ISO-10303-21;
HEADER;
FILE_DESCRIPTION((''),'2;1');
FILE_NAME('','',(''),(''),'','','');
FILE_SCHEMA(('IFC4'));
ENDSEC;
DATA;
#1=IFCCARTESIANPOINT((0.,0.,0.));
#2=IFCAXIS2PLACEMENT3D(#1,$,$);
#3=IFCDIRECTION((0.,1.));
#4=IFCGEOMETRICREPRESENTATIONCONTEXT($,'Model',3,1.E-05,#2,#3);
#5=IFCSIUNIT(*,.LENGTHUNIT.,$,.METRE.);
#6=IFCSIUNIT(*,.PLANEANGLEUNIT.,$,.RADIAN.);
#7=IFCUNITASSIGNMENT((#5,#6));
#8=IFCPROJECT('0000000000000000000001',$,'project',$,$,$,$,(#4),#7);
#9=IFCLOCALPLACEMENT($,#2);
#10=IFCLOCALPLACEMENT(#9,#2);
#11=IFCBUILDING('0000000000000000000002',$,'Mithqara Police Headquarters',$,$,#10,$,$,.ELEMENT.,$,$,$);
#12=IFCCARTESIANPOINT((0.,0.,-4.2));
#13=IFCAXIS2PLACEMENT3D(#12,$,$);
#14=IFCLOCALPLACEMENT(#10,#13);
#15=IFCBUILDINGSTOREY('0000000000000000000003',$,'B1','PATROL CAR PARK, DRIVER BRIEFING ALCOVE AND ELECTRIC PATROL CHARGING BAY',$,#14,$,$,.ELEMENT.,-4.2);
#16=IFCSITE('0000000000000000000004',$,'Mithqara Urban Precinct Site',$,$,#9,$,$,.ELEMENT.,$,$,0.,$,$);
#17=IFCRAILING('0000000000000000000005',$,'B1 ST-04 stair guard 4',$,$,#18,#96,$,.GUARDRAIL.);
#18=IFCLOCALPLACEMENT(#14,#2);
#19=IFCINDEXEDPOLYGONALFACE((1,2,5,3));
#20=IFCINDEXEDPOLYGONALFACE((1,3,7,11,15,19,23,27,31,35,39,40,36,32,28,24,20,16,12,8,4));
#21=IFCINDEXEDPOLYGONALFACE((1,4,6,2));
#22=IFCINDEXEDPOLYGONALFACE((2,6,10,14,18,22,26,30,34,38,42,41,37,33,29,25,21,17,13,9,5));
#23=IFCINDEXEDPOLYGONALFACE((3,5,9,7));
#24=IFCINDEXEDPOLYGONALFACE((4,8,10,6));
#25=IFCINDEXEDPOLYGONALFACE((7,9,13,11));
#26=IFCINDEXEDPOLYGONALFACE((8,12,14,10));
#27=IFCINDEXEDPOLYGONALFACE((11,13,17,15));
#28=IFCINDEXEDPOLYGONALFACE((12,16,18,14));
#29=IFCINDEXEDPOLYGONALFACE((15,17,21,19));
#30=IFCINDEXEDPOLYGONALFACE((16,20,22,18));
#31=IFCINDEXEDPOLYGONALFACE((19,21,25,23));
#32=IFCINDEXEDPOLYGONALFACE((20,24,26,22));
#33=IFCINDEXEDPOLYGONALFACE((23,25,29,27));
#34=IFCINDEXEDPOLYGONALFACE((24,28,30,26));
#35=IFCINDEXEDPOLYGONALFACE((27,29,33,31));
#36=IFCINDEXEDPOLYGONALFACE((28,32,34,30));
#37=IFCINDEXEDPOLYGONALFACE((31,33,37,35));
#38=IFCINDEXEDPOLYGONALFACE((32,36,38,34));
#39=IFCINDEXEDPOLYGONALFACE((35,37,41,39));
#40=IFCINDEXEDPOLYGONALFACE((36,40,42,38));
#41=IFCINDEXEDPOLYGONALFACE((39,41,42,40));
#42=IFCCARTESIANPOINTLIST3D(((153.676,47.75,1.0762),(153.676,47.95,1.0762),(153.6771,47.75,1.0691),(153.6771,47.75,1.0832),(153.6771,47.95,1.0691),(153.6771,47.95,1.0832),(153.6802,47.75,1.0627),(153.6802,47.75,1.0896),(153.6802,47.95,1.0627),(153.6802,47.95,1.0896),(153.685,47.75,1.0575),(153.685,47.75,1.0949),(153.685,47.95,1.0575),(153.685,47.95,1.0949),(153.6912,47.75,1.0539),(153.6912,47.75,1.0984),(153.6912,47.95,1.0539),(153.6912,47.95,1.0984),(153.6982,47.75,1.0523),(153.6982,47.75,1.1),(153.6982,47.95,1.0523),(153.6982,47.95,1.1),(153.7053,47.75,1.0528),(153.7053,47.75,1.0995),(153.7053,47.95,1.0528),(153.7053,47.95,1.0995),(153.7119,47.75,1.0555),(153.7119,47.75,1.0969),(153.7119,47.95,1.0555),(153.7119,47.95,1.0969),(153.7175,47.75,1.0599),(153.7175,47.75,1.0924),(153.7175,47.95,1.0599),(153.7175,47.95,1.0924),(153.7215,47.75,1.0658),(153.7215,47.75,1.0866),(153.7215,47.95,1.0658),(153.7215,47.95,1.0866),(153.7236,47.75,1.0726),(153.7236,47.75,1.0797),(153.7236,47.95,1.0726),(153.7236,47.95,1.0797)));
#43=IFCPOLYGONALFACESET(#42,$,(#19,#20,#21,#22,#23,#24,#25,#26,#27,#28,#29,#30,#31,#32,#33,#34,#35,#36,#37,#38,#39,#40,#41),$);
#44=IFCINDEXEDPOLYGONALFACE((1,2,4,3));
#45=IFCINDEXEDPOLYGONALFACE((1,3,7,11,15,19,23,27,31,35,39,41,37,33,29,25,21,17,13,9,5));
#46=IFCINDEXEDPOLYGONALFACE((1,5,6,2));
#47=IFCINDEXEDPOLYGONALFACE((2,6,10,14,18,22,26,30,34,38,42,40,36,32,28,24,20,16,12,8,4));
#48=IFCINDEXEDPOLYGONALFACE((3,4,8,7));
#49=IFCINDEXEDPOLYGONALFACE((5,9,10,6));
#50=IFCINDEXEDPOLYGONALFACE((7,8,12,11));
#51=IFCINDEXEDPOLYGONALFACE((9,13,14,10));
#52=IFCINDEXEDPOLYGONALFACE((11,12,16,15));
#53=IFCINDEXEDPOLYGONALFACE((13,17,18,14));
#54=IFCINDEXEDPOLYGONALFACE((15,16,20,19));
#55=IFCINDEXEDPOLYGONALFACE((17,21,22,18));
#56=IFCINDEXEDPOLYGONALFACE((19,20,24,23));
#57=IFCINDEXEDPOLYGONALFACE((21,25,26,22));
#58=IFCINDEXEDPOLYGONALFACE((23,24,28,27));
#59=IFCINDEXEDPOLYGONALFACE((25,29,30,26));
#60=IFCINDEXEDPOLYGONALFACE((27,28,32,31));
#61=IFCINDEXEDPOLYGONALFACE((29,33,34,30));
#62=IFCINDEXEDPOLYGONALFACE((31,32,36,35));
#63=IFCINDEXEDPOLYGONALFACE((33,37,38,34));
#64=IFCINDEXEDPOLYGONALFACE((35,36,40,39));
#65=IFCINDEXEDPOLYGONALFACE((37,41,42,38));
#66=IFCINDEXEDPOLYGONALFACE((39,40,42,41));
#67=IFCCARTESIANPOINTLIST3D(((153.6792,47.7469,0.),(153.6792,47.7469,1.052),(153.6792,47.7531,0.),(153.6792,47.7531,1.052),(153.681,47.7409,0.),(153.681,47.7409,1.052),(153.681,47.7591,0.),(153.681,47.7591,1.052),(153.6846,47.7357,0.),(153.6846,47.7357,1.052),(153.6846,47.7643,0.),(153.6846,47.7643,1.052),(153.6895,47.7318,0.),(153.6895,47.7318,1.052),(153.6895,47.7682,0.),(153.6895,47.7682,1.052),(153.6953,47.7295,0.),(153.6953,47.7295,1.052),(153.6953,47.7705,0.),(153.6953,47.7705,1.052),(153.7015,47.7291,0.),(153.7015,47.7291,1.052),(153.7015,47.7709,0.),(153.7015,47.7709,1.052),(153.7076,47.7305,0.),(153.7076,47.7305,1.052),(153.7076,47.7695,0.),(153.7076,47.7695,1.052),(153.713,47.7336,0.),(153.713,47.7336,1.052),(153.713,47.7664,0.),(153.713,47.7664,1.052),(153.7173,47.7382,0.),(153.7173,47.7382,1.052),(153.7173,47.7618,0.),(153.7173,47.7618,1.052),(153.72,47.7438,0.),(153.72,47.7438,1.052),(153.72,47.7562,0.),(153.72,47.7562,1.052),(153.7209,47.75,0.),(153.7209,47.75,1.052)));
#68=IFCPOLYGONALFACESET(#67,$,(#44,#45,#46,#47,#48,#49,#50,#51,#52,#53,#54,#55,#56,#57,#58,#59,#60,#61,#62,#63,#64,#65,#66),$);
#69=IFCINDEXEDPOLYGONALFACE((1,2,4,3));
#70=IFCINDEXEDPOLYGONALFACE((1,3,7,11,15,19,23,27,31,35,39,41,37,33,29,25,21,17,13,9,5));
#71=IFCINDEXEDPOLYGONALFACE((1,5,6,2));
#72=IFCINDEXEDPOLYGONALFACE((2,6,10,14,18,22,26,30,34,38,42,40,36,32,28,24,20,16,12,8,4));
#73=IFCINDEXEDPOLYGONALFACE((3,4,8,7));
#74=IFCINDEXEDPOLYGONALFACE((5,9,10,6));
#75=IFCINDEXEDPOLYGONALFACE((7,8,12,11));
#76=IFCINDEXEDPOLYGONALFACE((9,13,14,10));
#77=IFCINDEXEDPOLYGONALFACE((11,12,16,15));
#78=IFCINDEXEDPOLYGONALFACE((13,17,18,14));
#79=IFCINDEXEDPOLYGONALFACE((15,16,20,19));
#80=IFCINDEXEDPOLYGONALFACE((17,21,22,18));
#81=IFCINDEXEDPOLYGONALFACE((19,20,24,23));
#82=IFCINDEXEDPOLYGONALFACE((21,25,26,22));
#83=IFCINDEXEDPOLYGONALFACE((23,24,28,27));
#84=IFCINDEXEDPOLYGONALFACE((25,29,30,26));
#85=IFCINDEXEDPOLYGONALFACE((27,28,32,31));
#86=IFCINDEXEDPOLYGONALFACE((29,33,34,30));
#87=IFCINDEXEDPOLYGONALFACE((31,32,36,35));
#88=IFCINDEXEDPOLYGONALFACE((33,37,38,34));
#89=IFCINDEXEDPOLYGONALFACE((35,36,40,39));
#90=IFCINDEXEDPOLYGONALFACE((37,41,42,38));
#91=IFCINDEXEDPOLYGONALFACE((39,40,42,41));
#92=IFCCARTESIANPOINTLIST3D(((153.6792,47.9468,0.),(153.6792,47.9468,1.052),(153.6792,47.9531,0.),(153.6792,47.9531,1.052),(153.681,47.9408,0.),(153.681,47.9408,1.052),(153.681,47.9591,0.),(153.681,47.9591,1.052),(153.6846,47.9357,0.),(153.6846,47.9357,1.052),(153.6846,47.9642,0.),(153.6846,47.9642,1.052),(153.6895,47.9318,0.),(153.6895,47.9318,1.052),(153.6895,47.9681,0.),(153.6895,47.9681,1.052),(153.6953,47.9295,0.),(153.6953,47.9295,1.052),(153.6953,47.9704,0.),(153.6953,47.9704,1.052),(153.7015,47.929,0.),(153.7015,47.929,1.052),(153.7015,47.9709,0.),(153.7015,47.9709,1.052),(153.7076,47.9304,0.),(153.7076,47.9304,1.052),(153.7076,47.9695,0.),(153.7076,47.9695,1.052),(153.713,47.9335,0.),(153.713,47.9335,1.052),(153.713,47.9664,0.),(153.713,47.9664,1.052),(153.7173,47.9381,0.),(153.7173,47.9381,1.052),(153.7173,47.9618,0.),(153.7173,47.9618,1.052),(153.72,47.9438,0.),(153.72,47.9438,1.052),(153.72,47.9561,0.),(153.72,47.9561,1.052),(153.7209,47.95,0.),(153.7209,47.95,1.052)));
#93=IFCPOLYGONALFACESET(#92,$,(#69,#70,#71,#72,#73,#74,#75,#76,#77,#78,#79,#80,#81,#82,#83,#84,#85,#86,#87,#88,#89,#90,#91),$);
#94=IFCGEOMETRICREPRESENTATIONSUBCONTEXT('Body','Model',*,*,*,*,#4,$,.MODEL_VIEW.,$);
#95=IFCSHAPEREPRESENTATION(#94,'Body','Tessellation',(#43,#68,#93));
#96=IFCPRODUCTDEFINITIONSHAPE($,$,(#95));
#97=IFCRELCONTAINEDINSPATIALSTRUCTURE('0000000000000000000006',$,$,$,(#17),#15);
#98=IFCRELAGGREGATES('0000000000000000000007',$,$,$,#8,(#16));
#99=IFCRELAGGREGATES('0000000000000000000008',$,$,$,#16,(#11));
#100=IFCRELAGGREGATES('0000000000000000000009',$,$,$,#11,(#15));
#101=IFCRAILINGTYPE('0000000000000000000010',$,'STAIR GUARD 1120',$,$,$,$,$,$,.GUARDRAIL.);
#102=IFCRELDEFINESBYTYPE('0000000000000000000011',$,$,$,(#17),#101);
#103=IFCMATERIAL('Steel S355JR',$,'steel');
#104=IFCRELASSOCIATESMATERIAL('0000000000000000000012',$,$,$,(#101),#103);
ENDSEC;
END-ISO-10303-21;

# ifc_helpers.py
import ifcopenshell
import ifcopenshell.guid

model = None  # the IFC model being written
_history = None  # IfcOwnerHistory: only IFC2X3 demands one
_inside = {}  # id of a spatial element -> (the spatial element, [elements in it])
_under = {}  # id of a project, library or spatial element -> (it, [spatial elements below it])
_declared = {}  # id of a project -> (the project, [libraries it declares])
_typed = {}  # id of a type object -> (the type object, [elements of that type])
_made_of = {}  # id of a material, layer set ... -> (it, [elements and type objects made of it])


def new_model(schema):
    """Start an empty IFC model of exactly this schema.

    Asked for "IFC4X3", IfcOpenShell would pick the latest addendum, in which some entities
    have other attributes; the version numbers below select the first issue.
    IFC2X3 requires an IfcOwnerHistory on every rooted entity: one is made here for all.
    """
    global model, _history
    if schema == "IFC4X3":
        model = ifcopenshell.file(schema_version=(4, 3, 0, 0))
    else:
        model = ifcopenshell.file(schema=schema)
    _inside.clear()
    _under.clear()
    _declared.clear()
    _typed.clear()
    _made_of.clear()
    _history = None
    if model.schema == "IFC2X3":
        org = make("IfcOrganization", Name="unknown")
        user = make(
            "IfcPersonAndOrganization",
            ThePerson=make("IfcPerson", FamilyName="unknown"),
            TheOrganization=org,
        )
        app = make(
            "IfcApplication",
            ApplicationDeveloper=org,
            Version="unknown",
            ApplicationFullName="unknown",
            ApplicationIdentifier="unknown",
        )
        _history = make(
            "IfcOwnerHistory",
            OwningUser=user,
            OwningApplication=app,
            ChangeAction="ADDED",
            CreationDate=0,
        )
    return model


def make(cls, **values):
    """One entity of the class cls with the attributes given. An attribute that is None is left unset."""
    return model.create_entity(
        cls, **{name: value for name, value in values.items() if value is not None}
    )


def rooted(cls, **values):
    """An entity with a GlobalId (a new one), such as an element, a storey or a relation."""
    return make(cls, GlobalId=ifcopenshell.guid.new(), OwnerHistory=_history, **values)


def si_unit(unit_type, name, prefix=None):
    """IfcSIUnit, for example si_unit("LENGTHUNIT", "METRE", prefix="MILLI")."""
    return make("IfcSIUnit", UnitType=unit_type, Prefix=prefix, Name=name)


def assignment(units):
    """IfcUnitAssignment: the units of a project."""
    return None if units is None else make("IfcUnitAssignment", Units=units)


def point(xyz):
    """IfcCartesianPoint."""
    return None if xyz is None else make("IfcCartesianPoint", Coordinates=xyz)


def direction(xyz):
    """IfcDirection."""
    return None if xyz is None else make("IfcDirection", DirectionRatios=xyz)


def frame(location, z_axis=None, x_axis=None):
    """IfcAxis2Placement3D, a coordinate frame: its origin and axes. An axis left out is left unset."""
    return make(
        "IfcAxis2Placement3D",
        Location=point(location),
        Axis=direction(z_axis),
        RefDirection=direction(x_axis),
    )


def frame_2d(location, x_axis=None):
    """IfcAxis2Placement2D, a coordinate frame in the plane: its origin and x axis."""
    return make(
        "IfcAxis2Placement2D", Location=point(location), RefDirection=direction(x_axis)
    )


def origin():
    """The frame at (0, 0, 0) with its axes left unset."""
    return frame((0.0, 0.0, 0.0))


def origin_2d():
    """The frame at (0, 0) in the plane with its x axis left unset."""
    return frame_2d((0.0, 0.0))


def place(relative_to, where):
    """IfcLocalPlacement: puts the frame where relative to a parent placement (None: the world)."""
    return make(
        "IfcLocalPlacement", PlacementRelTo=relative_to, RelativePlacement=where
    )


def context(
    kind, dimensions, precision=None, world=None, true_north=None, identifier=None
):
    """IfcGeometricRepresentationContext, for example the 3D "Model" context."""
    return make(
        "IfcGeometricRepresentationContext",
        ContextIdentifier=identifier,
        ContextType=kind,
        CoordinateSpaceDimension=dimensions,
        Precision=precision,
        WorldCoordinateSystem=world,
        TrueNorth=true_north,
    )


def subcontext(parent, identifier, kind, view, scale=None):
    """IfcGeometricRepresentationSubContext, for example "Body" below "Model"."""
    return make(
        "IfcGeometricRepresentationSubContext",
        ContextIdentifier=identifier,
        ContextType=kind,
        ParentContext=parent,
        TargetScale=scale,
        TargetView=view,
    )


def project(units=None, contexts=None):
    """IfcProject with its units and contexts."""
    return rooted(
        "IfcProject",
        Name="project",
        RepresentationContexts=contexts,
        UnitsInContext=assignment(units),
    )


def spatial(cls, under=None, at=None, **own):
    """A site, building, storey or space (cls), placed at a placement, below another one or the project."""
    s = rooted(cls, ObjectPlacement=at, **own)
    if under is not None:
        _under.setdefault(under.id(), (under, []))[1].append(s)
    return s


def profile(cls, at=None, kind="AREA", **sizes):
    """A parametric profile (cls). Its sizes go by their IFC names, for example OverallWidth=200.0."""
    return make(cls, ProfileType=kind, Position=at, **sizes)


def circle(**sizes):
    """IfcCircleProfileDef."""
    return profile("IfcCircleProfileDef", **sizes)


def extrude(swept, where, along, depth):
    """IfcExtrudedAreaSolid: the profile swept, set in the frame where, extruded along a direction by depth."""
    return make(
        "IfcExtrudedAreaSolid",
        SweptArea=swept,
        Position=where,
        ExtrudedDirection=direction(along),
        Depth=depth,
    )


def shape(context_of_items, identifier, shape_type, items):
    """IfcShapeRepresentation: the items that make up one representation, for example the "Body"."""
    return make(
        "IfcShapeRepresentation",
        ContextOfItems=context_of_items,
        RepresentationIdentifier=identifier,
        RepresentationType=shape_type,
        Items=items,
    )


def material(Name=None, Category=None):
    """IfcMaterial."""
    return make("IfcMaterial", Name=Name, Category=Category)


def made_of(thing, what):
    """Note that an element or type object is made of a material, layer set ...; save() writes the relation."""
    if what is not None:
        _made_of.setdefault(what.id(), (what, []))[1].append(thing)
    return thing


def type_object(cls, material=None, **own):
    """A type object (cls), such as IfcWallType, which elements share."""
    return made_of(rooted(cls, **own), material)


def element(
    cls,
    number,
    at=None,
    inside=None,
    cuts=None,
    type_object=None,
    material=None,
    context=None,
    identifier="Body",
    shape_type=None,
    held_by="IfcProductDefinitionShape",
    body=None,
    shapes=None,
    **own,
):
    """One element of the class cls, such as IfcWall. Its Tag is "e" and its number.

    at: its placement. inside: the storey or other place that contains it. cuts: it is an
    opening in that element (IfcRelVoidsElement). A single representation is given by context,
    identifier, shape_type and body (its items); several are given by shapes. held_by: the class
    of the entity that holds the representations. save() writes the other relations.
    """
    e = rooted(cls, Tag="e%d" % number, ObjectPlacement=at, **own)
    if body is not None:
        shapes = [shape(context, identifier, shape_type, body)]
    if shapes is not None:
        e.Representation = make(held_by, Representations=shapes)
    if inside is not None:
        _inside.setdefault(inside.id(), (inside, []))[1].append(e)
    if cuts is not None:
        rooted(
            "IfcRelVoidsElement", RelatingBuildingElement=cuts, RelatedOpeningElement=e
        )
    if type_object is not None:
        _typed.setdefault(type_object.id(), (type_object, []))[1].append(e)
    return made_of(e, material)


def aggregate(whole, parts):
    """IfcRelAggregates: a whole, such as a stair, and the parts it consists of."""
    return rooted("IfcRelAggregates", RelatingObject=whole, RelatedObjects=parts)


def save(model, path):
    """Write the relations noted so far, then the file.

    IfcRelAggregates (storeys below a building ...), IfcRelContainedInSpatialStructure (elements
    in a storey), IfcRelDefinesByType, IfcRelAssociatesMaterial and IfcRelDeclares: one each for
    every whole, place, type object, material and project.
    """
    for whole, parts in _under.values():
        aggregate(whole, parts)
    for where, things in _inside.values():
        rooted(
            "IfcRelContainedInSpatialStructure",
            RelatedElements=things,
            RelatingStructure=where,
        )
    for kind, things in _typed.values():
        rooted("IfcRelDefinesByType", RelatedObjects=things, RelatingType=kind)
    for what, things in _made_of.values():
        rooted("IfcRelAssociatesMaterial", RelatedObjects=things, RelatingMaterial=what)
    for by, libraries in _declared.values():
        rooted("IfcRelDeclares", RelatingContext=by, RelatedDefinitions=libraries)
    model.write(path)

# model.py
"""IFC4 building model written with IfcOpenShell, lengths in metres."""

from ifc_helpers import new_model, si_unit, direction, frame, origin, origin_2d, place, context, subcontext, project, spatial, circle, extrude, material, type_object, element, save


model = new_model("IFC4")

# Units and contexts
model_context = context("Model", 3, precision=1e-05, world=origin(), true_north=direction((0.0, 1.0)))
body_context = subcontext(model_context, "Body", "Model", "MODEL_VIEW")
ifc_project = project(units=[si_unit("LENGTHUNIT", "METRE"), si_unit("PLANEANGLEUNIT", "RADIAN")], contexts=[model_context])

# Site, building, storey
site_placement = place(None, origin())
site = spatial("IfcSite", under=ifc_project, at=site_placement, Name="Mithqara Urban Precinct Site", CompositionType="ELEMENT", RefElevation=0.0)
building_placement = place(site_placement, origin())
building = spatial("IfcBuilding", under=site, at=building_placement, Name="Mithqara Police Headquarters", CompositionType="ELEMENT")
storey_placement = place(building_placement, frame((0.0, 0.0, -4.2)))
storey = spatial("IfcBuildingStorey", under=building, at=storey_placement, Name="B1", Description="PATROL CAR PARK, DRIVER BRIEFING ALCOVE AND ELECTRIC PATROL CHARGING BAY", CompositionType="ELEMENT", Elevation=-4.2)

# Shared definitions
ifc_material_1 = material(Name="Steel S355JR", Category="steel")

# Railing
railing_type_1 = type_object("IfcRailingType", Name="STAIR GUARD 1120", PredefinedType="GUARDRAIL", material=ifc_material_1)
railing_1_placement = place(storey_placement, frame((153.7, 47.75, 0.0)))
element("IfcRailing", 1, at=railing_1_placement, inside=storey, type_object=railing_type_1, Name="B1 ST-04 stair guard 4", PredefinedType="GUARDRAIL", context=body_context, shape_type="SweptSolid", body=[
    extrude(circle(Radius=0.0239, at=origin_2d()), frame((0.0, 0.0, 1.0762), z_axis=(0.0, 1.0, 0.0), x_axis=(-1.0, 0.0, 0.0)), (0.0, 0.0, 1.0), 0.2),
    extrude(circle(Radius=0.021, at=origin_2d()), origin(), (0.0, 0.0, 1.0), 1.052),
    extrude(circle(Radius=0.021, at=origin_2d()), frame((0.0, 0.2, 0.0)), (0.0, 0.0, 1.0), 1.052),
])

save(model, "model.ifc")
